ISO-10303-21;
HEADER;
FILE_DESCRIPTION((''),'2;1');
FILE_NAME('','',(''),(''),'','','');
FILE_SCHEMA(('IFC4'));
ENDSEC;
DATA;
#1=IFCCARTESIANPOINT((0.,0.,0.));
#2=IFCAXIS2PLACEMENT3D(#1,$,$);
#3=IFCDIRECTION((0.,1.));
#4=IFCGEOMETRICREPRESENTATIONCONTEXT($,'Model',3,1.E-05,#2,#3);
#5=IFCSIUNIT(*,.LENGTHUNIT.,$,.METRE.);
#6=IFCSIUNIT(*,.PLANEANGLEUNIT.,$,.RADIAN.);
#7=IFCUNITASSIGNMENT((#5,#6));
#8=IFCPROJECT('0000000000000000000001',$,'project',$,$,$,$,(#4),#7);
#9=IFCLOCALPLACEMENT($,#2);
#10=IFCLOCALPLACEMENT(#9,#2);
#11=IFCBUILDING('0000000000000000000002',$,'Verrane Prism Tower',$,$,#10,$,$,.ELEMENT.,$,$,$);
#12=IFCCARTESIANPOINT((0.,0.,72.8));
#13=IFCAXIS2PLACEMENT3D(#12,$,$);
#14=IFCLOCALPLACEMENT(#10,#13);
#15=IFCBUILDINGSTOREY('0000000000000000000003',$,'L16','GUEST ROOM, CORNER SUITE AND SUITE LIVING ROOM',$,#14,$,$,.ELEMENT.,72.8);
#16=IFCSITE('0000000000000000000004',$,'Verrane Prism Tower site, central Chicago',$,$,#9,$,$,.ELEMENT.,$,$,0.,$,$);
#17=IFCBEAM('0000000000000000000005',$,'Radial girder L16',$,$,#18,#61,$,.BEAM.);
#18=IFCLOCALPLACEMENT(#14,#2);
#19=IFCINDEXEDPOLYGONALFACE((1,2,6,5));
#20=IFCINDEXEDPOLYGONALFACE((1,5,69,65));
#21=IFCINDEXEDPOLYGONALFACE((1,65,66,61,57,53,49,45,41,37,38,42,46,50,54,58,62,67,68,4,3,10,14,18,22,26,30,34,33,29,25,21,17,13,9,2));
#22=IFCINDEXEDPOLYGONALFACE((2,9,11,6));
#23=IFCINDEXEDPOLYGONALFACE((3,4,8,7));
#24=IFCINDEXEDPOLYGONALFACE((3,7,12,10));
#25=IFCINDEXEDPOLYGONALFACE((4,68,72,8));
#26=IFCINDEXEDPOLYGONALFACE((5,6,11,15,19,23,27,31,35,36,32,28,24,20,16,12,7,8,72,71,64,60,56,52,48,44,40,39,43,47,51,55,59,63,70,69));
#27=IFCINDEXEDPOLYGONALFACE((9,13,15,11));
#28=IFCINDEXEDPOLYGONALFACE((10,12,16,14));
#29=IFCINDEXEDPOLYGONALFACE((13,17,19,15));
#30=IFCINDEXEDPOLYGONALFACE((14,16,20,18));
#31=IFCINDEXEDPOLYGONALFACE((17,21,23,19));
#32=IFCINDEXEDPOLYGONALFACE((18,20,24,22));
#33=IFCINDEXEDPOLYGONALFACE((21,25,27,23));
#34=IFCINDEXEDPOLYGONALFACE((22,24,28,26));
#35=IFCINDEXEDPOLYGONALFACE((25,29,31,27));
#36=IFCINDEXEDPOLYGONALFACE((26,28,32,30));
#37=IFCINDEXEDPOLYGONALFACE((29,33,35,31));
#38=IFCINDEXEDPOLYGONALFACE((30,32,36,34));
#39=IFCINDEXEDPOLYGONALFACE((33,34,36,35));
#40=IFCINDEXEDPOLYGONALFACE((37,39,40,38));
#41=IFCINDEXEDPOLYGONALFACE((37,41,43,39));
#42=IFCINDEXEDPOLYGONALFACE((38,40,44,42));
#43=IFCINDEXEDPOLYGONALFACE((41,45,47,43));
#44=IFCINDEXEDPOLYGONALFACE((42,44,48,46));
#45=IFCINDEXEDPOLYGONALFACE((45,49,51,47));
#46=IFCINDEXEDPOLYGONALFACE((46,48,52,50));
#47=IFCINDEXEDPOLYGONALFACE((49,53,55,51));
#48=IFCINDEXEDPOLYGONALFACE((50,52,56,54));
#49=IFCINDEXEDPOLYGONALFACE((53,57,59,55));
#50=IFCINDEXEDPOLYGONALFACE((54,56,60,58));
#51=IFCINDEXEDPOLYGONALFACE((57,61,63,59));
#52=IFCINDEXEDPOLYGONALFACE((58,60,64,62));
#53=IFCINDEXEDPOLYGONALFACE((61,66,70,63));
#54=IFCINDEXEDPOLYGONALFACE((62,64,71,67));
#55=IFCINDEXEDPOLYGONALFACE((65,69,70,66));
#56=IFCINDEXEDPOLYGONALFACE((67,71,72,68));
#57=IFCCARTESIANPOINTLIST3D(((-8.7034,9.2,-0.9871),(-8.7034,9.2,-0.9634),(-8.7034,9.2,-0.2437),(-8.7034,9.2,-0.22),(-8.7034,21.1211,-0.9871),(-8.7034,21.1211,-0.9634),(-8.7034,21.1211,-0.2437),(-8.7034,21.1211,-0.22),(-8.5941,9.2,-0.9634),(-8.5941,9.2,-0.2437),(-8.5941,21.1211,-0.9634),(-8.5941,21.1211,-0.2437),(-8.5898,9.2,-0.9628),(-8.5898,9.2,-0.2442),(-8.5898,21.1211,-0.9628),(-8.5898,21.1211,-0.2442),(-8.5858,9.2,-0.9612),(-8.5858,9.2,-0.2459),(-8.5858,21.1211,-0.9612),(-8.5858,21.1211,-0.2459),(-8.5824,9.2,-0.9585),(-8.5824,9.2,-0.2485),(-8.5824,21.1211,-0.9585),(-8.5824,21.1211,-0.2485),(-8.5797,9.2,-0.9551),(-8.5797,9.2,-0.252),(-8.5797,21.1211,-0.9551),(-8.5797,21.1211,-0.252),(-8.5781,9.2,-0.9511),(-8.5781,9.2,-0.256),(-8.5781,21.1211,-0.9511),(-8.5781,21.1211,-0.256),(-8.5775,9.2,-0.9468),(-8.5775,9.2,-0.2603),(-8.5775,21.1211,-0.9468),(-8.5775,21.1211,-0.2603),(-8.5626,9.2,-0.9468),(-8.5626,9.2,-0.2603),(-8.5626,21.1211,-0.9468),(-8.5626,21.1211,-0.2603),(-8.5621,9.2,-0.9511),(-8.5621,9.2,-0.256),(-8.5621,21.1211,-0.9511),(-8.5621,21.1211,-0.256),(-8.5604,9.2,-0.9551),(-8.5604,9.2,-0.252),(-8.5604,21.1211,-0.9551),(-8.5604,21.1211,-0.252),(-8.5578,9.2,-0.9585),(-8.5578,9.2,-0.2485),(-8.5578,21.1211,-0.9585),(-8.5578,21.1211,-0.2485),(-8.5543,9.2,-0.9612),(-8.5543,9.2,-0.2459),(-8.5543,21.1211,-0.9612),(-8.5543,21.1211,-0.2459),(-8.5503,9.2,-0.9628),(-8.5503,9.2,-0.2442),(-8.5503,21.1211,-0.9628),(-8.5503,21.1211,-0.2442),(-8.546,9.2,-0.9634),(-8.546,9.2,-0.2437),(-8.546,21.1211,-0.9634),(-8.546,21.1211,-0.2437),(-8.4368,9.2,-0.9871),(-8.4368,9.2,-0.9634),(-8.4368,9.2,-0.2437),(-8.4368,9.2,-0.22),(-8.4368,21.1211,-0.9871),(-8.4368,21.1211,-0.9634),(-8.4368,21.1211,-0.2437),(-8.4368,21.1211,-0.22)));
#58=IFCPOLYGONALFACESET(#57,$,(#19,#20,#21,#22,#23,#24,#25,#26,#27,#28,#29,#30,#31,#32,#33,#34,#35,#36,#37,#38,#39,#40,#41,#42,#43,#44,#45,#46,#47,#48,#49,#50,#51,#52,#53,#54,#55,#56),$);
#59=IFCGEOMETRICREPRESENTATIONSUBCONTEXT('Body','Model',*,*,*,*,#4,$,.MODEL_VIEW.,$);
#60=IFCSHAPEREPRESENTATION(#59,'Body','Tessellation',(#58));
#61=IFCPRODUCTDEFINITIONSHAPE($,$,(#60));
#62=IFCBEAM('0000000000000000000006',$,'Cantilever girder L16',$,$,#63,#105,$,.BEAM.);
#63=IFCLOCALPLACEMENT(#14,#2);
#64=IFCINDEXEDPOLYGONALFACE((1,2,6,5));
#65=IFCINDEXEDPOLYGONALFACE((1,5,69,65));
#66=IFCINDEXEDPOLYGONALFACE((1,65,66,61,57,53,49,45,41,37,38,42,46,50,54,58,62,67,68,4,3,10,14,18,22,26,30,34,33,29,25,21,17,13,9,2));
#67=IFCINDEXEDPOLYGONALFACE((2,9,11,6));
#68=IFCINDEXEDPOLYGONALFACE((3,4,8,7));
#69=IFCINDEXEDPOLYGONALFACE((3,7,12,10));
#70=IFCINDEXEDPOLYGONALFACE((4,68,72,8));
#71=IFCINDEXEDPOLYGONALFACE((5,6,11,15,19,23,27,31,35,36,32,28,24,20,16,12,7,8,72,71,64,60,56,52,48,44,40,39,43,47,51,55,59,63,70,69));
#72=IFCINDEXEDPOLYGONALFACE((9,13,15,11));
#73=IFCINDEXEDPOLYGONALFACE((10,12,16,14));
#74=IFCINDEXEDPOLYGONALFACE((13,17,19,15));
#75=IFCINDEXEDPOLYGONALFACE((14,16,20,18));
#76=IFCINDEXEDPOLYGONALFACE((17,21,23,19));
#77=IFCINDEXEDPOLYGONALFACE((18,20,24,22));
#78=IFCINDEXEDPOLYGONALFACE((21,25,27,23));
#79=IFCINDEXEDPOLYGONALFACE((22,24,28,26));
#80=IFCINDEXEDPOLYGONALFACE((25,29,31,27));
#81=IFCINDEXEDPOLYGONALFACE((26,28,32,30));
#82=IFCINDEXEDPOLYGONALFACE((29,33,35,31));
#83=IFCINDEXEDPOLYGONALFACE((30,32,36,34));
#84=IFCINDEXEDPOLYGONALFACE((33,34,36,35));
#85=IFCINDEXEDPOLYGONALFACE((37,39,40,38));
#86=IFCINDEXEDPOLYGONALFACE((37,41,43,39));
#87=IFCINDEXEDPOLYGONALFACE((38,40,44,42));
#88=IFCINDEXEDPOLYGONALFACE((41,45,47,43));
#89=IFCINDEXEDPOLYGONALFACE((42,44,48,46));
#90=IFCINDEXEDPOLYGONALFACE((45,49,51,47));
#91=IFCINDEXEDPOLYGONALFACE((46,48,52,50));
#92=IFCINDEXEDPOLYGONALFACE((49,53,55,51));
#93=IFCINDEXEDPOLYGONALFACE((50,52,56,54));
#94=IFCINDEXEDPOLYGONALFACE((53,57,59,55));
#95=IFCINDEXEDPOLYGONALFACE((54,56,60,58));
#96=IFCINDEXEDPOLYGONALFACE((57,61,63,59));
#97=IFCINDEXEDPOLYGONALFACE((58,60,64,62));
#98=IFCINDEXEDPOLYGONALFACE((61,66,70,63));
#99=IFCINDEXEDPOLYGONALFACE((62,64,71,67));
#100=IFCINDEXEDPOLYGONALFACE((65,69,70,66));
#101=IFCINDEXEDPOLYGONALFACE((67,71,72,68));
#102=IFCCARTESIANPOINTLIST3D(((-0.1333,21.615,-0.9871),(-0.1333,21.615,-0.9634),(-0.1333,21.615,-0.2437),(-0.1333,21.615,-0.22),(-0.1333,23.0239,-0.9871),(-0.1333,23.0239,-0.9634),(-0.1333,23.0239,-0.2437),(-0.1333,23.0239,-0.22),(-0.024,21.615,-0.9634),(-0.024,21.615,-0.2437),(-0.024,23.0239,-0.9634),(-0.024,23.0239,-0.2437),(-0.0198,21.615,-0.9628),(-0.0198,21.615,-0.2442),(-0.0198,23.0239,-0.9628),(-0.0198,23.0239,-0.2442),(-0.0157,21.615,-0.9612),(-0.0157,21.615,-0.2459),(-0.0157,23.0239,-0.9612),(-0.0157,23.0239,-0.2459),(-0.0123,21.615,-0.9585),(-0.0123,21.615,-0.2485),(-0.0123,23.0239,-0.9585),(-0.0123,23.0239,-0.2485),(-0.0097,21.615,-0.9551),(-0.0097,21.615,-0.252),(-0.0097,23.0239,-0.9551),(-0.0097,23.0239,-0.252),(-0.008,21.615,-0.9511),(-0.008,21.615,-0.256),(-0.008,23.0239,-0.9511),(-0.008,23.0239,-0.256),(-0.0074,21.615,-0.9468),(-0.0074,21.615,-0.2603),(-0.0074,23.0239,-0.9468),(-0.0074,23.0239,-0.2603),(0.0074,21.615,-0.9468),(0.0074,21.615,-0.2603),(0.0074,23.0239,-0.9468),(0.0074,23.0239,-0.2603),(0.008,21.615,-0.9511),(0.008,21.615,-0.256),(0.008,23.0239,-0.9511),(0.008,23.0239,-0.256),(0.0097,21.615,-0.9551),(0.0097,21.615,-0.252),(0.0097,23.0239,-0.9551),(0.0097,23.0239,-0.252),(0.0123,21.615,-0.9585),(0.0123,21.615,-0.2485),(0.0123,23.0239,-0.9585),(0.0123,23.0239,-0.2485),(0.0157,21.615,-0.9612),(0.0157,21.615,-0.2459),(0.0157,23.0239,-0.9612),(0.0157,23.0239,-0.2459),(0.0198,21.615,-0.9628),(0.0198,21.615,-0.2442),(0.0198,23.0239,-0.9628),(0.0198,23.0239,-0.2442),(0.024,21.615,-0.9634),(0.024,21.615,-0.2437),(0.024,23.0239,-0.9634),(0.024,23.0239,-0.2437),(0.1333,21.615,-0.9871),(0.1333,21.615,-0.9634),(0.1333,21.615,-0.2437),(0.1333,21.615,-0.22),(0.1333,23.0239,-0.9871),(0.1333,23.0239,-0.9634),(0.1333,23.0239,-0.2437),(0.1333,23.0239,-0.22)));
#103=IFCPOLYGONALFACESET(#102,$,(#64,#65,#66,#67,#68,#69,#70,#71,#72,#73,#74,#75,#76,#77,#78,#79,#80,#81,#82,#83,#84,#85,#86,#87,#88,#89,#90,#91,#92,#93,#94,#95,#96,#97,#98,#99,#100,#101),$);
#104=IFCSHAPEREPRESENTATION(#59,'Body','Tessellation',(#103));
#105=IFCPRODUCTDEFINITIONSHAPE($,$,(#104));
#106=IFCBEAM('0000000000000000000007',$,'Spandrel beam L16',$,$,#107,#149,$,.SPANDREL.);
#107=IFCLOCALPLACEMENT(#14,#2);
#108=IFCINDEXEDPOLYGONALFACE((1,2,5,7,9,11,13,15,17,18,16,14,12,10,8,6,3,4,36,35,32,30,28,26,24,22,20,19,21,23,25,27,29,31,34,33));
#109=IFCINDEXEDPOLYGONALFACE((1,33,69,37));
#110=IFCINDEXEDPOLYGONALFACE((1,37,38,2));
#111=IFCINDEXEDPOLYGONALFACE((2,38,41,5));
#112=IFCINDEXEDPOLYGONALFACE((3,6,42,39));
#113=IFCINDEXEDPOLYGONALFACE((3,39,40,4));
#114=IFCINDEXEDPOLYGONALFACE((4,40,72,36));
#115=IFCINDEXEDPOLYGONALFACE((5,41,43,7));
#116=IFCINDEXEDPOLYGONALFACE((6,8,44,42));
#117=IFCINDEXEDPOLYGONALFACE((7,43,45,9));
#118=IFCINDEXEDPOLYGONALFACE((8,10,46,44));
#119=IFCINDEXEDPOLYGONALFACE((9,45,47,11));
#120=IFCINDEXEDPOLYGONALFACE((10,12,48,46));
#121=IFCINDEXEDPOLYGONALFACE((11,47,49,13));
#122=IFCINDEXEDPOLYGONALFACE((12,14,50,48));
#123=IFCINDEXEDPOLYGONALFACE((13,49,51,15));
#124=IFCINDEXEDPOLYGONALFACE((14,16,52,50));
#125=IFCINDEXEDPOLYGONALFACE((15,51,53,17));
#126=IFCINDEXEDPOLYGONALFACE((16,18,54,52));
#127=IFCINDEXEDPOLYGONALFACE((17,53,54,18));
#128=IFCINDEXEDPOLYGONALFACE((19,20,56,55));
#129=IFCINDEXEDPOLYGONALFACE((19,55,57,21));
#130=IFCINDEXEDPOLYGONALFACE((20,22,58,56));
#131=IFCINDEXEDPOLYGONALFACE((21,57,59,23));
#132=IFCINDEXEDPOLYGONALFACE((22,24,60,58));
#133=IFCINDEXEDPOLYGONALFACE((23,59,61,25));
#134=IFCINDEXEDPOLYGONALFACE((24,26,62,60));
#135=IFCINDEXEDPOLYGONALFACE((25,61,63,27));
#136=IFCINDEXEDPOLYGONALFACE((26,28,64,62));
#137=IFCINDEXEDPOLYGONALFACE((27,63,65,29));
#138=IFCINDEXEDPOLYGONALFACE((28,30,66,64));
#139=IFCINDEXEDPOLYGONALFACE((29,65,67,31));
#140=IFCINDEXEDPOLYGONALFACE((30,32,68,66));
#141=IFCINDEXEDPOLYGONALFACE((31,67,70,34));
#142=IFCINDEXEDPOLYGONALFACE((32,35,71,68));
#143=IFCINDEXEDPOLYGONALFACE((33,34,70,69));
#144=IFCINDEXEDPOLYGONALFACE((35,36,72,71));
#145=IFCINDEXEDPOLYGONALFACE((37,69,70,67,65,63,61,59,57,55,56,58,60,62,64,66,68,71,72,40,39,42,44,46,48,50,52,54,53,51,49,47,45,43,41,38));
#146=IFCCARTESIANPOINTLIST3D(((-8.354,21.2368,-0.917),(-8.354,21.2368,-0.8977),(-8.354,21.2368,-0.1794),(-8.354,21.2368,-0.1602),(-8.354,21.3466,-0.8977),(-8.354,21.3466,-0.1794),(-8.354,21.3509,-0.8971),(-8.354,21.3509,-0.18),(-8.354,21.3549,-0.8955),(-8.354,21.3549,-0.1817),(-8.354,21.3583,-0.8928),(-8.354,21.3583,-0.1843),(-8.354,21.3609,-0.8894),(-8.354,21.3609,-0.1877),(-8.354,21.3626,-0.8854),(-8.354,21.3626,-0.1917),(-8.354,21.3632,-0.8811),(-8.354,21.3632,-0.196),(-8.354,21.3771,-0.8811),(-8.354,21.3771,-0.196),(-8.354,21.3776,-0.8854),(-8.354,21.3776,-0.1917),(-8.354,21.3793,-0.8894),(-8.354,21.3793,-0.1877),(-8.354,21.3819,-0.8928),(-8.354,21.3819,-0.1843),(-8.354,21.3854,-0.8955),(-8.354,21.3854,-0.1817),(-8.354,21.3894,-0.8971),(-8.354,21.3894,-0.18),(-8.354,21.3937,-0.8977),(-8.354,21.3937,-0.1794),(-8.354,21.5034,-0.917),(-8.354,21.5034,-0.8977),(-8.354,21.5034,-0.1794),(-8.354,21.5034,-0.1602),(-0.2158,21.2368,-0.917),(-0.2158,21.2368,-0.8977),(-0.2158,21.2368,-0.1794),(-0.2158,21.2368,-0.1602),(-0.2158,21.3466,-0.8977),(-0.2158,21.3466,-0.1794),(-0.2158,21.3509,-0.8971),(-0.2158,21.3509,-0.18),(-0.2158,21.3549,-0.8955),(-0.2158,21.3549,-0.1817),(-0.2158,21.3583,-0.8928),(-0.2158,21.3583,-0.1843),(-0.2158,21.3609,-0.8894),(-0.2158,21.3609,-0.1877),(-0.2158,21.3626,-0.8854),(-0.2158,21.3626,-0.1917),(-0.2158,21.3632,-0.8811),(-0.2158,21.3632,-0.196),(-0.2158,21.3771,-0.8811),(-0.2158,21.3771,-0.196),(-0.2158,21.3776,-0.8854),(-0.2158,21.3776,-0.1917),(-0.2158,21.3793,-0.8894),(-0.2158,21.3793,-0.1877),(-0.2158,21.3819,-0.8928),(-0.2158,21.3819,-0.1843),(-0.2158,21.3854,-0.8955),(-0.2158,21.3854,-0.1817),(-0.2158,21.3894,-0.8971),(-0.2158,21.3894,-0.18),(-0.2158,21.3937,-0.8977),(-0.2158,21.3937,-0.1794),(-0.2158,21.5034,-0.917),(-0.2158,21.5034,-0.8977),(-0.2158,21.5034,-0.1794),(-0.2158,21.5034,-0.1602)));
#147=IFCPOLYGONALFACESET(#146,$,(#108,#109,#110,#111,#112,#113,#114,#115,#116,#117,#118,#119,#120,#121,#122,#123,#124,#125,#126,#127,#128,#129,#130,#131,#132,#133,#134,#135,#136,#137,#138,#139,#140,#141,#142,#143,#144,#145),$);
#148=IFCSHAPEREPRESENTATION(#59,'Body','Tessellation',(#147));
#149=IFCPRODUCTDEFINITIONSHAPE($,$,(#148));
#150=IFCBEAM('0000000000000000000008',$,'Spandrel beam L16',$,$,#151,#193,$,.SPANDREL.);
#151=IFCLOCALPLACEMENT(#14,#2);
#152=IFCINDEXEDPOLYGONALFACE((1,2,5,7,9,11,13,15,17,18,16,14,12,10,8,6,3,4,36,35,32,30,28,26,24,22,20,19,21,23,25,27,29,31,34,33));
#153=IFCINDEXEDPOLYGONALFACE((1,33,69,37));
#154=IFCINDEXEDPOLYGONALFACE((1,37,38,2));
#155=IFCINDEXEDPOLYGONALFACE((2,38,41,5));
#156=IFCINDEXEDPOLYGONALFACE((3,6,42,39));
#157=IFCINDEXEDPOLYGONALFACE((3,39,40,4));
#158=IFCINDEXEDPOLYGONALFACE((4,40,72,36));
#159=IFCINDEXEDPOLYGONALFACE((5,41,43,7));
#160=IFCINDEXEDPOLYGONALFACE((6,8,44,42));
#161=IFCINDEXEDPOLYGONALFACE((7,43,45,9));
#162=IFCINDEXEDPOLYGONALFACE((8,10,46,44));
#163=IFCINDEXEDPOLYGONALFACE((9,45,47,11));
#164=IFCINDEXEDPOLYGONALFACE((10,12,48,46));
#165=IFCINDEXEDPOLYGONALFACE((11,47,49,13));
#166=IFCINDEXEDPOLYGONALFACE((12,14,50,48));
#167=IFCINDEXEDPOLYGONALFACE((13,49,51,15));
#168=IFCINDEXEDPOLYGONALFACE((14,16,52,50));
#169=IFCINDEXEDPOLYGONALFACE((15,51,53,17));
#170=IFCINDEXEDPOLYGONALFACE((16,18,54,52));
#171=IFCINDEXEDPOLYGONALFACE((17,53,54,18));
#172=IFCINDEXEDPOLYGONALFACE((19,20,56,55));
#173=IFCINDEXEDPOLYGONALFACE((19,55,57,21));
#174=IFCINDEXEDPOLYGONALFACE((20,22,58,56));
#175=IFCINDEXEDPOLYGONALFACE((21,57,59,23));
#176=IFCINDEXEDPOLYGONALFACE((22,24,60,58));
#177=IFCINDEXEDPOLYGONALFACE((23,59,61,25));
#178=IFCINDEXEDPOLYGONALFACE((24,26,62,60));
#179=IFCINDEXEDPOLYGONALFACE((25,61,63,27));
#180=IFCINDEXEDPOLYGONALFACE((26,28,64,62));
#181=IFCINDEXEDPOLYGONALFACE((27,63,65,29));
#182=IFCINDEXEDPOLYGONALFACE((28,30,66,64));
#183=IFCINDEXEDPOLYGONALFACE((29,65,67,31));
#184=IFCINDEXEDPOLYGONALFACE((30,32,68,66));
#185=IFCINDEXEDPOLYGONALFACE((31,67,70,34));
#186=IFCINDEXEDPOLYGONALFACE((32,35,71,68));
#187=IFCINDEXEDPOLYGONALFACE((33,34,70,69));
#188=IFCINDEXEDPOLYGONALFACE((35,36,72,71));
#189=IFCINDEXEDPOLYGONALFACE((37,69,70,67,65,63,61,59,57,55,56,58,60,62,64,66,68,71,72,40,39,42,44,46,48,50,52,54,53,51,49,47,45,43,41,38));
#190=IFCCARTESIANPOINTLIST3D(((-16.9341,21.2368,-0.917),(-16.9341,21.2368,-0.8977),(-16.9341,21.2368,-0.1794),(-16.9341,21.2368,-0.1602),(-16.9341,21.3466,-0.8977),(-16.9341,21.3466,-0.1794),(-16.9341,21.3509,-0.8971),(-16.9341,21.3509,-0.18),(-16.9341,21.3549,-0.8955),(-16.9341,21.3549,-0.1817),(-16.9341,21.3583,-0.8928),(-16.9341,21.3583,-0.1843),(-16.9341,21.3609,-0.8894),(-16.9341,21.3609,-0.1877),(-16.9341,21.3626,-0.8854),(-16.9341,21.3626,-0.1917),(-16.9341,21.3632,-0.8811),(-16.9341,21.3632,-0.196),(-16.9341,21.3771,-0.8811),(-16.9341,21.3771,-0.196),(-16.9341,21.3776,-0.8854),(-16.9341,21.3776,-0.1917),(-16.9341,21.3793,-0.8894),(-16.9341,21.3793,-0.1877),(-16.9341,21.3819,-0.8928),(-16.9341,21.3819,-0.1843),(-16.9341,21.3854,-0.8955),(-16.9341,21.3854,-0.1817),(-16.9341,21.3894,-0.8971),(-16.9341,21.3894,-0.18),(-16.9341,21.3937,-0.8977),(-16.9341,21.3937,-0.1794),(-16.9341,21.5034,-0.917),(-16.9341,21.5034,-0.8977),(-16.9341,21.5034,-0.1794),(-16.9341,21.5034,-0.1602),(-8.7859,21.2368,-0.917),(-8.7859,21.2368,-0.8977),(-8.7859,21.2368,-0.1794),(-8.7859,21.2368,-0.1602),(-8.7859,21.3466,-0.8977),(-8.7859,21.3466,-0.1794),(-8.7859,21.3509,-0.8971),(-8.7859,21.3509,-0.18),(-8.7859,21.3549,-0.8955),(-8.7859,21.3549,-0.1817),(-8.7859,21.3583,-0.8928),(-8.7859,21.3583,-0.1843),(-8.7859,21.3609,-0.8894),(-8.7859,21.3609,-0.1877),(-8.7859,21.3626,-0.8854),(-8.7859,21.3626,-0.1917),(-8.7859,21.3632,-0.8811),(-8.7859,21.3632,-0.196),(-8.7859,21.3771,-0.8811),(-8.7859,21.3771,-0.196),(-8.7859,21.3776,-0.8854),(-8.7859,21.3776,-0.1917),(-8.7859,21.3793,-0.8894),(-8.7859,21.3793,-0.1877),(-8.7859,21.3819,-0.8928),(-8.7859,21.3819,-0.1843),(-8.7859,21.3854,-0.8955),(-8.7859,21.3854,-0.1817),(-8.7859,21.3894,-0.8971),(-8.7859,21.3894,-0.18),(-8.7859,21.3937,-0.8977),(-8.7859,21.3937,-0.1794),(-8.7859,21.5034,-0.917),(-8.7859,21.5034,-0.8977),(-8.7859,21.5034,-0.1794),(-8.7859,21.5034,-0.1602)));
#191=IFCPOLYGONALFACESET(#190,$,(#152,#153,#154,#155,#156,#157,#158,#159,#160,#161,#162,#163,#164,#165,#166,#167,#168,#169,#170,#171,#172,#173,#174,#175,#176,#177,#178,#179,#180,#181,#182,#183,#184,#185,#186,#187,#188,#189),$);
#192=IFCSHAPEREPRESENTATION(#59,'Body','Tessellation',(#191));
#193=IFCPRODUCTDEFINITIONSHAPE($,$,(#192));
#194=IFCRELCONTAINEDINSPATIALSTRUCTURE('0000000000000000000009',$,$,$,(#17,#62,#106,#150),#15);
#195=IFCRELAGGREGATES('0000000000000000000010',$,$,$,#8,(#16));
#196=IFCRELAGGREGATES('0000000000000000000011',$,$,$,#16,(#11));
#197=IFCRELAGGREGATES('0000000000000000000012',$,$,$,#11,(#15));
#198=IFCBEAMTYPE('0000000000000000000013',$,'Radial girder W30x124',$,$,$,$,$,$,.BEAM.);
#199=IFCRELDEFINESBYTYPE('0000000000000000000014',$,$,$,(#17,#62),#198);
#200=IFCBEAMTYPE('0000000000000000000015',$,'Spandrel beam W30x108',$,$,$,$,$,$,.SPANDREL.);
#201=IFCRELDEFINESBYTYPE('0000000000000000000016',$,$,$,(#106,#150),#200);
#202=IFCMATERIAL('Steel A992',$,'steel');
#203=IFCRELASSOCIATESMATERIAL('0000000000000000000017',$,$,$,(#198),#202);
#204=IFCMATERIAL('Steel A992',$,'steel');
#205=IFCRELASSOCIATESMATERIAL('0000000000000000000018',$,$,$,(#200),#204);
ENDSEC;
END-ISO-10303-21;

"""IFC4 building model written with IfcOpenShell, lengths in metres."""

from ifc_helpers import new_model, si_unit, direction, frame, origin, origin_2d, place, context, subcontext, project, spatial, i_section, extrude, material, material_profile, profile_set, type_object, element, save


model = new_model("IFC4")

# Units and contexts
model_context = context("Model", 3, precision=1e-05, world=origin(), true_north=direction((0.0, 1.0)))
body_context = subcontext(model_context, "Body", "Model", "MODEL_VIEW")
ifc_project = project(units=[si_unit("LENGTHUNIT", "METRE"), si_unit("PLANEANGLEUNIT", "RADIAN")], contexts=[model_context])

# Site, building, storey
site_placement = place(None, origin())
site = spatial("IfcSite", under=ifc_project, at=site_placement, Name="Verrane Prism Tower site, central Chicago", CompositionType="ELEMENT", RefElevation=0.0)
building_placement = place(site_placement, origin())
building = spatial("IfcBuilding", under=site, at=building_placement, Name="Verrane Prism Tower", CompositionType="ELEMENT")
storey_placement = place(building_placement, frame((0.0, 0.0, 72.8)))
storey = spatial("IfcBuildingStorey", under=building, at=storey_placement, Name="L16", Description="GUEST ROOM, CORNER SUITE AND SUITE LIVING ROOM", CompositionType="ELEMENT", Elevation=72.8)

# Beams
ifc_material_1 = material(Name="Steel A992", Category="steel")
ifc_material_profile_1 = material_profile(ifc_material_1, i_section(OverallWidth=0.2666, OverallDepth=0.7671, WebThickness=0.0149, FlangeThickness=0.0237, FilletRadius=0.0166, at=origin_2d()), Name="W30x124")
ifc_profile_set_1 = profile_set([ifc_material_profile_1], Name="Steel A992")
beam_type_1 = type_object("IfcBeamType", Name="Radial girder W30x124", PredefinedType="BEAM", material=ifc_profile_set_1)
for number, where, z_axis, x_axis, name in (
    (1, (-8.5701, 21.1211, -0.6035), (0.0, -1.0, 0.0), (1.0, 0.0, 0.0), "Radial girder L16"),
):
    element("IfcBeam", number, at=place(storey_placement, frame(where, z_axis=z_axis, x_axis=x_axis)), inside=storey, type_object=beam_type_1, Name=name, PredefinedType="BEAM", context=body_context, shape_type="SweptSolid", body=[
        extrude(i_section(OverallWidth=0.2666, OverallDepth=0.7671, WebThickness=0.0149, FlangeThickness=0.0237, FilletRadius=0.0166, at=origin_2d()), origin(), (0.0, 0.0, 1.0), 11.9211),
    ])
beam_1_placement = place(storey_placement, frame((0.0, 21.615, -0.6035), z_axis=(0.0, 1.0, 0.0), x_axis=(-1.0, 0.0, 0.0)))
element("IfcBeam", 2, at=beam_1_placement, inside=storey, type_object=beam_type_1, Name="Cantilever girder L16", PredefinedType="BEAM", context=body_context, shape_type="SweptSolid", body=[
    extrude(i_section(OverallWidth=0.2666, OverallDepth=0.7671, WebThickness=0.0149, FlangeThickness=0.0237, FilletRadius=0.0166, at=origin_2d()), origin(), (0.0, 0.0, 1.0), 1.4089),
])
ifc_material_2 = material(Name="Steel A992", Category="steel")
ifc_material_profile_2 = material_profile(ifc_material_2, i_section(OverallWidth=0.2666, OverallDepth=0.7568, WebThickness=0.0139, FlangeThickness=0.0193, FilletRadius=0.0166, at=origin_2d()), Name="W30x108")
ifc_profile_set_2 = profile_set([ifc_material_profile_2], Name="Steel A992")
beam_type_2 = type_object("IfcBeamType", Name="Spandrel beam W30x108", PredefinedType="SPANDREL", material=ifc_profile_set_2)
beam_2_placement = place(storey_placement, frame((-0.2158, 21.3701, -0.5386), z_axis=(-1.0, 0.0, 0.0), x_axis=(0.0, -1.0, 0.0)))
element("IfcBeam", 3, at=beam_2_placement, inside=storey, type_object=beam_type_2, Name="Spandrel beam L16", PredefinedType="SPANDREL", context=body_context, shape_type="SweptSolid", body=[
    extrude(i_section(OverallWidth=0.2666, OverallDepth=0.7568, WebThickness=0.0139, FlangeThickness=0.0193, FilletRadius=0.0166, at=origin_2d()), origin(), (0.0, 0.0, 1.0), 8.1382),
])
beam_3_placement = place(storey_placement, frame((-8.7859, 21.3701, -0.5386), z_axis=(-1.0, 0.0, 0.0), x_axis=(0.0, -1.0, 0.0)))
element("IfcBeam", 4, at=beam_3_placement, inside=storey, type_object=beam_type_2, Name="Spandrel beam L16", PredefinedType="SPANDREL", context=body_context, shape_type="SweptSolid", body=[
    extrude(i_section(OverallWidth=0.2666, OverallDepth=0.7568, WebThickness=0.0139, FlangeThickness=0.0193, FilletRadius=0.0166, at=origin_2d()), origin(), (0.0, 0.0, 1.0), 8.1482),
])

save(model, "model.ifc")
